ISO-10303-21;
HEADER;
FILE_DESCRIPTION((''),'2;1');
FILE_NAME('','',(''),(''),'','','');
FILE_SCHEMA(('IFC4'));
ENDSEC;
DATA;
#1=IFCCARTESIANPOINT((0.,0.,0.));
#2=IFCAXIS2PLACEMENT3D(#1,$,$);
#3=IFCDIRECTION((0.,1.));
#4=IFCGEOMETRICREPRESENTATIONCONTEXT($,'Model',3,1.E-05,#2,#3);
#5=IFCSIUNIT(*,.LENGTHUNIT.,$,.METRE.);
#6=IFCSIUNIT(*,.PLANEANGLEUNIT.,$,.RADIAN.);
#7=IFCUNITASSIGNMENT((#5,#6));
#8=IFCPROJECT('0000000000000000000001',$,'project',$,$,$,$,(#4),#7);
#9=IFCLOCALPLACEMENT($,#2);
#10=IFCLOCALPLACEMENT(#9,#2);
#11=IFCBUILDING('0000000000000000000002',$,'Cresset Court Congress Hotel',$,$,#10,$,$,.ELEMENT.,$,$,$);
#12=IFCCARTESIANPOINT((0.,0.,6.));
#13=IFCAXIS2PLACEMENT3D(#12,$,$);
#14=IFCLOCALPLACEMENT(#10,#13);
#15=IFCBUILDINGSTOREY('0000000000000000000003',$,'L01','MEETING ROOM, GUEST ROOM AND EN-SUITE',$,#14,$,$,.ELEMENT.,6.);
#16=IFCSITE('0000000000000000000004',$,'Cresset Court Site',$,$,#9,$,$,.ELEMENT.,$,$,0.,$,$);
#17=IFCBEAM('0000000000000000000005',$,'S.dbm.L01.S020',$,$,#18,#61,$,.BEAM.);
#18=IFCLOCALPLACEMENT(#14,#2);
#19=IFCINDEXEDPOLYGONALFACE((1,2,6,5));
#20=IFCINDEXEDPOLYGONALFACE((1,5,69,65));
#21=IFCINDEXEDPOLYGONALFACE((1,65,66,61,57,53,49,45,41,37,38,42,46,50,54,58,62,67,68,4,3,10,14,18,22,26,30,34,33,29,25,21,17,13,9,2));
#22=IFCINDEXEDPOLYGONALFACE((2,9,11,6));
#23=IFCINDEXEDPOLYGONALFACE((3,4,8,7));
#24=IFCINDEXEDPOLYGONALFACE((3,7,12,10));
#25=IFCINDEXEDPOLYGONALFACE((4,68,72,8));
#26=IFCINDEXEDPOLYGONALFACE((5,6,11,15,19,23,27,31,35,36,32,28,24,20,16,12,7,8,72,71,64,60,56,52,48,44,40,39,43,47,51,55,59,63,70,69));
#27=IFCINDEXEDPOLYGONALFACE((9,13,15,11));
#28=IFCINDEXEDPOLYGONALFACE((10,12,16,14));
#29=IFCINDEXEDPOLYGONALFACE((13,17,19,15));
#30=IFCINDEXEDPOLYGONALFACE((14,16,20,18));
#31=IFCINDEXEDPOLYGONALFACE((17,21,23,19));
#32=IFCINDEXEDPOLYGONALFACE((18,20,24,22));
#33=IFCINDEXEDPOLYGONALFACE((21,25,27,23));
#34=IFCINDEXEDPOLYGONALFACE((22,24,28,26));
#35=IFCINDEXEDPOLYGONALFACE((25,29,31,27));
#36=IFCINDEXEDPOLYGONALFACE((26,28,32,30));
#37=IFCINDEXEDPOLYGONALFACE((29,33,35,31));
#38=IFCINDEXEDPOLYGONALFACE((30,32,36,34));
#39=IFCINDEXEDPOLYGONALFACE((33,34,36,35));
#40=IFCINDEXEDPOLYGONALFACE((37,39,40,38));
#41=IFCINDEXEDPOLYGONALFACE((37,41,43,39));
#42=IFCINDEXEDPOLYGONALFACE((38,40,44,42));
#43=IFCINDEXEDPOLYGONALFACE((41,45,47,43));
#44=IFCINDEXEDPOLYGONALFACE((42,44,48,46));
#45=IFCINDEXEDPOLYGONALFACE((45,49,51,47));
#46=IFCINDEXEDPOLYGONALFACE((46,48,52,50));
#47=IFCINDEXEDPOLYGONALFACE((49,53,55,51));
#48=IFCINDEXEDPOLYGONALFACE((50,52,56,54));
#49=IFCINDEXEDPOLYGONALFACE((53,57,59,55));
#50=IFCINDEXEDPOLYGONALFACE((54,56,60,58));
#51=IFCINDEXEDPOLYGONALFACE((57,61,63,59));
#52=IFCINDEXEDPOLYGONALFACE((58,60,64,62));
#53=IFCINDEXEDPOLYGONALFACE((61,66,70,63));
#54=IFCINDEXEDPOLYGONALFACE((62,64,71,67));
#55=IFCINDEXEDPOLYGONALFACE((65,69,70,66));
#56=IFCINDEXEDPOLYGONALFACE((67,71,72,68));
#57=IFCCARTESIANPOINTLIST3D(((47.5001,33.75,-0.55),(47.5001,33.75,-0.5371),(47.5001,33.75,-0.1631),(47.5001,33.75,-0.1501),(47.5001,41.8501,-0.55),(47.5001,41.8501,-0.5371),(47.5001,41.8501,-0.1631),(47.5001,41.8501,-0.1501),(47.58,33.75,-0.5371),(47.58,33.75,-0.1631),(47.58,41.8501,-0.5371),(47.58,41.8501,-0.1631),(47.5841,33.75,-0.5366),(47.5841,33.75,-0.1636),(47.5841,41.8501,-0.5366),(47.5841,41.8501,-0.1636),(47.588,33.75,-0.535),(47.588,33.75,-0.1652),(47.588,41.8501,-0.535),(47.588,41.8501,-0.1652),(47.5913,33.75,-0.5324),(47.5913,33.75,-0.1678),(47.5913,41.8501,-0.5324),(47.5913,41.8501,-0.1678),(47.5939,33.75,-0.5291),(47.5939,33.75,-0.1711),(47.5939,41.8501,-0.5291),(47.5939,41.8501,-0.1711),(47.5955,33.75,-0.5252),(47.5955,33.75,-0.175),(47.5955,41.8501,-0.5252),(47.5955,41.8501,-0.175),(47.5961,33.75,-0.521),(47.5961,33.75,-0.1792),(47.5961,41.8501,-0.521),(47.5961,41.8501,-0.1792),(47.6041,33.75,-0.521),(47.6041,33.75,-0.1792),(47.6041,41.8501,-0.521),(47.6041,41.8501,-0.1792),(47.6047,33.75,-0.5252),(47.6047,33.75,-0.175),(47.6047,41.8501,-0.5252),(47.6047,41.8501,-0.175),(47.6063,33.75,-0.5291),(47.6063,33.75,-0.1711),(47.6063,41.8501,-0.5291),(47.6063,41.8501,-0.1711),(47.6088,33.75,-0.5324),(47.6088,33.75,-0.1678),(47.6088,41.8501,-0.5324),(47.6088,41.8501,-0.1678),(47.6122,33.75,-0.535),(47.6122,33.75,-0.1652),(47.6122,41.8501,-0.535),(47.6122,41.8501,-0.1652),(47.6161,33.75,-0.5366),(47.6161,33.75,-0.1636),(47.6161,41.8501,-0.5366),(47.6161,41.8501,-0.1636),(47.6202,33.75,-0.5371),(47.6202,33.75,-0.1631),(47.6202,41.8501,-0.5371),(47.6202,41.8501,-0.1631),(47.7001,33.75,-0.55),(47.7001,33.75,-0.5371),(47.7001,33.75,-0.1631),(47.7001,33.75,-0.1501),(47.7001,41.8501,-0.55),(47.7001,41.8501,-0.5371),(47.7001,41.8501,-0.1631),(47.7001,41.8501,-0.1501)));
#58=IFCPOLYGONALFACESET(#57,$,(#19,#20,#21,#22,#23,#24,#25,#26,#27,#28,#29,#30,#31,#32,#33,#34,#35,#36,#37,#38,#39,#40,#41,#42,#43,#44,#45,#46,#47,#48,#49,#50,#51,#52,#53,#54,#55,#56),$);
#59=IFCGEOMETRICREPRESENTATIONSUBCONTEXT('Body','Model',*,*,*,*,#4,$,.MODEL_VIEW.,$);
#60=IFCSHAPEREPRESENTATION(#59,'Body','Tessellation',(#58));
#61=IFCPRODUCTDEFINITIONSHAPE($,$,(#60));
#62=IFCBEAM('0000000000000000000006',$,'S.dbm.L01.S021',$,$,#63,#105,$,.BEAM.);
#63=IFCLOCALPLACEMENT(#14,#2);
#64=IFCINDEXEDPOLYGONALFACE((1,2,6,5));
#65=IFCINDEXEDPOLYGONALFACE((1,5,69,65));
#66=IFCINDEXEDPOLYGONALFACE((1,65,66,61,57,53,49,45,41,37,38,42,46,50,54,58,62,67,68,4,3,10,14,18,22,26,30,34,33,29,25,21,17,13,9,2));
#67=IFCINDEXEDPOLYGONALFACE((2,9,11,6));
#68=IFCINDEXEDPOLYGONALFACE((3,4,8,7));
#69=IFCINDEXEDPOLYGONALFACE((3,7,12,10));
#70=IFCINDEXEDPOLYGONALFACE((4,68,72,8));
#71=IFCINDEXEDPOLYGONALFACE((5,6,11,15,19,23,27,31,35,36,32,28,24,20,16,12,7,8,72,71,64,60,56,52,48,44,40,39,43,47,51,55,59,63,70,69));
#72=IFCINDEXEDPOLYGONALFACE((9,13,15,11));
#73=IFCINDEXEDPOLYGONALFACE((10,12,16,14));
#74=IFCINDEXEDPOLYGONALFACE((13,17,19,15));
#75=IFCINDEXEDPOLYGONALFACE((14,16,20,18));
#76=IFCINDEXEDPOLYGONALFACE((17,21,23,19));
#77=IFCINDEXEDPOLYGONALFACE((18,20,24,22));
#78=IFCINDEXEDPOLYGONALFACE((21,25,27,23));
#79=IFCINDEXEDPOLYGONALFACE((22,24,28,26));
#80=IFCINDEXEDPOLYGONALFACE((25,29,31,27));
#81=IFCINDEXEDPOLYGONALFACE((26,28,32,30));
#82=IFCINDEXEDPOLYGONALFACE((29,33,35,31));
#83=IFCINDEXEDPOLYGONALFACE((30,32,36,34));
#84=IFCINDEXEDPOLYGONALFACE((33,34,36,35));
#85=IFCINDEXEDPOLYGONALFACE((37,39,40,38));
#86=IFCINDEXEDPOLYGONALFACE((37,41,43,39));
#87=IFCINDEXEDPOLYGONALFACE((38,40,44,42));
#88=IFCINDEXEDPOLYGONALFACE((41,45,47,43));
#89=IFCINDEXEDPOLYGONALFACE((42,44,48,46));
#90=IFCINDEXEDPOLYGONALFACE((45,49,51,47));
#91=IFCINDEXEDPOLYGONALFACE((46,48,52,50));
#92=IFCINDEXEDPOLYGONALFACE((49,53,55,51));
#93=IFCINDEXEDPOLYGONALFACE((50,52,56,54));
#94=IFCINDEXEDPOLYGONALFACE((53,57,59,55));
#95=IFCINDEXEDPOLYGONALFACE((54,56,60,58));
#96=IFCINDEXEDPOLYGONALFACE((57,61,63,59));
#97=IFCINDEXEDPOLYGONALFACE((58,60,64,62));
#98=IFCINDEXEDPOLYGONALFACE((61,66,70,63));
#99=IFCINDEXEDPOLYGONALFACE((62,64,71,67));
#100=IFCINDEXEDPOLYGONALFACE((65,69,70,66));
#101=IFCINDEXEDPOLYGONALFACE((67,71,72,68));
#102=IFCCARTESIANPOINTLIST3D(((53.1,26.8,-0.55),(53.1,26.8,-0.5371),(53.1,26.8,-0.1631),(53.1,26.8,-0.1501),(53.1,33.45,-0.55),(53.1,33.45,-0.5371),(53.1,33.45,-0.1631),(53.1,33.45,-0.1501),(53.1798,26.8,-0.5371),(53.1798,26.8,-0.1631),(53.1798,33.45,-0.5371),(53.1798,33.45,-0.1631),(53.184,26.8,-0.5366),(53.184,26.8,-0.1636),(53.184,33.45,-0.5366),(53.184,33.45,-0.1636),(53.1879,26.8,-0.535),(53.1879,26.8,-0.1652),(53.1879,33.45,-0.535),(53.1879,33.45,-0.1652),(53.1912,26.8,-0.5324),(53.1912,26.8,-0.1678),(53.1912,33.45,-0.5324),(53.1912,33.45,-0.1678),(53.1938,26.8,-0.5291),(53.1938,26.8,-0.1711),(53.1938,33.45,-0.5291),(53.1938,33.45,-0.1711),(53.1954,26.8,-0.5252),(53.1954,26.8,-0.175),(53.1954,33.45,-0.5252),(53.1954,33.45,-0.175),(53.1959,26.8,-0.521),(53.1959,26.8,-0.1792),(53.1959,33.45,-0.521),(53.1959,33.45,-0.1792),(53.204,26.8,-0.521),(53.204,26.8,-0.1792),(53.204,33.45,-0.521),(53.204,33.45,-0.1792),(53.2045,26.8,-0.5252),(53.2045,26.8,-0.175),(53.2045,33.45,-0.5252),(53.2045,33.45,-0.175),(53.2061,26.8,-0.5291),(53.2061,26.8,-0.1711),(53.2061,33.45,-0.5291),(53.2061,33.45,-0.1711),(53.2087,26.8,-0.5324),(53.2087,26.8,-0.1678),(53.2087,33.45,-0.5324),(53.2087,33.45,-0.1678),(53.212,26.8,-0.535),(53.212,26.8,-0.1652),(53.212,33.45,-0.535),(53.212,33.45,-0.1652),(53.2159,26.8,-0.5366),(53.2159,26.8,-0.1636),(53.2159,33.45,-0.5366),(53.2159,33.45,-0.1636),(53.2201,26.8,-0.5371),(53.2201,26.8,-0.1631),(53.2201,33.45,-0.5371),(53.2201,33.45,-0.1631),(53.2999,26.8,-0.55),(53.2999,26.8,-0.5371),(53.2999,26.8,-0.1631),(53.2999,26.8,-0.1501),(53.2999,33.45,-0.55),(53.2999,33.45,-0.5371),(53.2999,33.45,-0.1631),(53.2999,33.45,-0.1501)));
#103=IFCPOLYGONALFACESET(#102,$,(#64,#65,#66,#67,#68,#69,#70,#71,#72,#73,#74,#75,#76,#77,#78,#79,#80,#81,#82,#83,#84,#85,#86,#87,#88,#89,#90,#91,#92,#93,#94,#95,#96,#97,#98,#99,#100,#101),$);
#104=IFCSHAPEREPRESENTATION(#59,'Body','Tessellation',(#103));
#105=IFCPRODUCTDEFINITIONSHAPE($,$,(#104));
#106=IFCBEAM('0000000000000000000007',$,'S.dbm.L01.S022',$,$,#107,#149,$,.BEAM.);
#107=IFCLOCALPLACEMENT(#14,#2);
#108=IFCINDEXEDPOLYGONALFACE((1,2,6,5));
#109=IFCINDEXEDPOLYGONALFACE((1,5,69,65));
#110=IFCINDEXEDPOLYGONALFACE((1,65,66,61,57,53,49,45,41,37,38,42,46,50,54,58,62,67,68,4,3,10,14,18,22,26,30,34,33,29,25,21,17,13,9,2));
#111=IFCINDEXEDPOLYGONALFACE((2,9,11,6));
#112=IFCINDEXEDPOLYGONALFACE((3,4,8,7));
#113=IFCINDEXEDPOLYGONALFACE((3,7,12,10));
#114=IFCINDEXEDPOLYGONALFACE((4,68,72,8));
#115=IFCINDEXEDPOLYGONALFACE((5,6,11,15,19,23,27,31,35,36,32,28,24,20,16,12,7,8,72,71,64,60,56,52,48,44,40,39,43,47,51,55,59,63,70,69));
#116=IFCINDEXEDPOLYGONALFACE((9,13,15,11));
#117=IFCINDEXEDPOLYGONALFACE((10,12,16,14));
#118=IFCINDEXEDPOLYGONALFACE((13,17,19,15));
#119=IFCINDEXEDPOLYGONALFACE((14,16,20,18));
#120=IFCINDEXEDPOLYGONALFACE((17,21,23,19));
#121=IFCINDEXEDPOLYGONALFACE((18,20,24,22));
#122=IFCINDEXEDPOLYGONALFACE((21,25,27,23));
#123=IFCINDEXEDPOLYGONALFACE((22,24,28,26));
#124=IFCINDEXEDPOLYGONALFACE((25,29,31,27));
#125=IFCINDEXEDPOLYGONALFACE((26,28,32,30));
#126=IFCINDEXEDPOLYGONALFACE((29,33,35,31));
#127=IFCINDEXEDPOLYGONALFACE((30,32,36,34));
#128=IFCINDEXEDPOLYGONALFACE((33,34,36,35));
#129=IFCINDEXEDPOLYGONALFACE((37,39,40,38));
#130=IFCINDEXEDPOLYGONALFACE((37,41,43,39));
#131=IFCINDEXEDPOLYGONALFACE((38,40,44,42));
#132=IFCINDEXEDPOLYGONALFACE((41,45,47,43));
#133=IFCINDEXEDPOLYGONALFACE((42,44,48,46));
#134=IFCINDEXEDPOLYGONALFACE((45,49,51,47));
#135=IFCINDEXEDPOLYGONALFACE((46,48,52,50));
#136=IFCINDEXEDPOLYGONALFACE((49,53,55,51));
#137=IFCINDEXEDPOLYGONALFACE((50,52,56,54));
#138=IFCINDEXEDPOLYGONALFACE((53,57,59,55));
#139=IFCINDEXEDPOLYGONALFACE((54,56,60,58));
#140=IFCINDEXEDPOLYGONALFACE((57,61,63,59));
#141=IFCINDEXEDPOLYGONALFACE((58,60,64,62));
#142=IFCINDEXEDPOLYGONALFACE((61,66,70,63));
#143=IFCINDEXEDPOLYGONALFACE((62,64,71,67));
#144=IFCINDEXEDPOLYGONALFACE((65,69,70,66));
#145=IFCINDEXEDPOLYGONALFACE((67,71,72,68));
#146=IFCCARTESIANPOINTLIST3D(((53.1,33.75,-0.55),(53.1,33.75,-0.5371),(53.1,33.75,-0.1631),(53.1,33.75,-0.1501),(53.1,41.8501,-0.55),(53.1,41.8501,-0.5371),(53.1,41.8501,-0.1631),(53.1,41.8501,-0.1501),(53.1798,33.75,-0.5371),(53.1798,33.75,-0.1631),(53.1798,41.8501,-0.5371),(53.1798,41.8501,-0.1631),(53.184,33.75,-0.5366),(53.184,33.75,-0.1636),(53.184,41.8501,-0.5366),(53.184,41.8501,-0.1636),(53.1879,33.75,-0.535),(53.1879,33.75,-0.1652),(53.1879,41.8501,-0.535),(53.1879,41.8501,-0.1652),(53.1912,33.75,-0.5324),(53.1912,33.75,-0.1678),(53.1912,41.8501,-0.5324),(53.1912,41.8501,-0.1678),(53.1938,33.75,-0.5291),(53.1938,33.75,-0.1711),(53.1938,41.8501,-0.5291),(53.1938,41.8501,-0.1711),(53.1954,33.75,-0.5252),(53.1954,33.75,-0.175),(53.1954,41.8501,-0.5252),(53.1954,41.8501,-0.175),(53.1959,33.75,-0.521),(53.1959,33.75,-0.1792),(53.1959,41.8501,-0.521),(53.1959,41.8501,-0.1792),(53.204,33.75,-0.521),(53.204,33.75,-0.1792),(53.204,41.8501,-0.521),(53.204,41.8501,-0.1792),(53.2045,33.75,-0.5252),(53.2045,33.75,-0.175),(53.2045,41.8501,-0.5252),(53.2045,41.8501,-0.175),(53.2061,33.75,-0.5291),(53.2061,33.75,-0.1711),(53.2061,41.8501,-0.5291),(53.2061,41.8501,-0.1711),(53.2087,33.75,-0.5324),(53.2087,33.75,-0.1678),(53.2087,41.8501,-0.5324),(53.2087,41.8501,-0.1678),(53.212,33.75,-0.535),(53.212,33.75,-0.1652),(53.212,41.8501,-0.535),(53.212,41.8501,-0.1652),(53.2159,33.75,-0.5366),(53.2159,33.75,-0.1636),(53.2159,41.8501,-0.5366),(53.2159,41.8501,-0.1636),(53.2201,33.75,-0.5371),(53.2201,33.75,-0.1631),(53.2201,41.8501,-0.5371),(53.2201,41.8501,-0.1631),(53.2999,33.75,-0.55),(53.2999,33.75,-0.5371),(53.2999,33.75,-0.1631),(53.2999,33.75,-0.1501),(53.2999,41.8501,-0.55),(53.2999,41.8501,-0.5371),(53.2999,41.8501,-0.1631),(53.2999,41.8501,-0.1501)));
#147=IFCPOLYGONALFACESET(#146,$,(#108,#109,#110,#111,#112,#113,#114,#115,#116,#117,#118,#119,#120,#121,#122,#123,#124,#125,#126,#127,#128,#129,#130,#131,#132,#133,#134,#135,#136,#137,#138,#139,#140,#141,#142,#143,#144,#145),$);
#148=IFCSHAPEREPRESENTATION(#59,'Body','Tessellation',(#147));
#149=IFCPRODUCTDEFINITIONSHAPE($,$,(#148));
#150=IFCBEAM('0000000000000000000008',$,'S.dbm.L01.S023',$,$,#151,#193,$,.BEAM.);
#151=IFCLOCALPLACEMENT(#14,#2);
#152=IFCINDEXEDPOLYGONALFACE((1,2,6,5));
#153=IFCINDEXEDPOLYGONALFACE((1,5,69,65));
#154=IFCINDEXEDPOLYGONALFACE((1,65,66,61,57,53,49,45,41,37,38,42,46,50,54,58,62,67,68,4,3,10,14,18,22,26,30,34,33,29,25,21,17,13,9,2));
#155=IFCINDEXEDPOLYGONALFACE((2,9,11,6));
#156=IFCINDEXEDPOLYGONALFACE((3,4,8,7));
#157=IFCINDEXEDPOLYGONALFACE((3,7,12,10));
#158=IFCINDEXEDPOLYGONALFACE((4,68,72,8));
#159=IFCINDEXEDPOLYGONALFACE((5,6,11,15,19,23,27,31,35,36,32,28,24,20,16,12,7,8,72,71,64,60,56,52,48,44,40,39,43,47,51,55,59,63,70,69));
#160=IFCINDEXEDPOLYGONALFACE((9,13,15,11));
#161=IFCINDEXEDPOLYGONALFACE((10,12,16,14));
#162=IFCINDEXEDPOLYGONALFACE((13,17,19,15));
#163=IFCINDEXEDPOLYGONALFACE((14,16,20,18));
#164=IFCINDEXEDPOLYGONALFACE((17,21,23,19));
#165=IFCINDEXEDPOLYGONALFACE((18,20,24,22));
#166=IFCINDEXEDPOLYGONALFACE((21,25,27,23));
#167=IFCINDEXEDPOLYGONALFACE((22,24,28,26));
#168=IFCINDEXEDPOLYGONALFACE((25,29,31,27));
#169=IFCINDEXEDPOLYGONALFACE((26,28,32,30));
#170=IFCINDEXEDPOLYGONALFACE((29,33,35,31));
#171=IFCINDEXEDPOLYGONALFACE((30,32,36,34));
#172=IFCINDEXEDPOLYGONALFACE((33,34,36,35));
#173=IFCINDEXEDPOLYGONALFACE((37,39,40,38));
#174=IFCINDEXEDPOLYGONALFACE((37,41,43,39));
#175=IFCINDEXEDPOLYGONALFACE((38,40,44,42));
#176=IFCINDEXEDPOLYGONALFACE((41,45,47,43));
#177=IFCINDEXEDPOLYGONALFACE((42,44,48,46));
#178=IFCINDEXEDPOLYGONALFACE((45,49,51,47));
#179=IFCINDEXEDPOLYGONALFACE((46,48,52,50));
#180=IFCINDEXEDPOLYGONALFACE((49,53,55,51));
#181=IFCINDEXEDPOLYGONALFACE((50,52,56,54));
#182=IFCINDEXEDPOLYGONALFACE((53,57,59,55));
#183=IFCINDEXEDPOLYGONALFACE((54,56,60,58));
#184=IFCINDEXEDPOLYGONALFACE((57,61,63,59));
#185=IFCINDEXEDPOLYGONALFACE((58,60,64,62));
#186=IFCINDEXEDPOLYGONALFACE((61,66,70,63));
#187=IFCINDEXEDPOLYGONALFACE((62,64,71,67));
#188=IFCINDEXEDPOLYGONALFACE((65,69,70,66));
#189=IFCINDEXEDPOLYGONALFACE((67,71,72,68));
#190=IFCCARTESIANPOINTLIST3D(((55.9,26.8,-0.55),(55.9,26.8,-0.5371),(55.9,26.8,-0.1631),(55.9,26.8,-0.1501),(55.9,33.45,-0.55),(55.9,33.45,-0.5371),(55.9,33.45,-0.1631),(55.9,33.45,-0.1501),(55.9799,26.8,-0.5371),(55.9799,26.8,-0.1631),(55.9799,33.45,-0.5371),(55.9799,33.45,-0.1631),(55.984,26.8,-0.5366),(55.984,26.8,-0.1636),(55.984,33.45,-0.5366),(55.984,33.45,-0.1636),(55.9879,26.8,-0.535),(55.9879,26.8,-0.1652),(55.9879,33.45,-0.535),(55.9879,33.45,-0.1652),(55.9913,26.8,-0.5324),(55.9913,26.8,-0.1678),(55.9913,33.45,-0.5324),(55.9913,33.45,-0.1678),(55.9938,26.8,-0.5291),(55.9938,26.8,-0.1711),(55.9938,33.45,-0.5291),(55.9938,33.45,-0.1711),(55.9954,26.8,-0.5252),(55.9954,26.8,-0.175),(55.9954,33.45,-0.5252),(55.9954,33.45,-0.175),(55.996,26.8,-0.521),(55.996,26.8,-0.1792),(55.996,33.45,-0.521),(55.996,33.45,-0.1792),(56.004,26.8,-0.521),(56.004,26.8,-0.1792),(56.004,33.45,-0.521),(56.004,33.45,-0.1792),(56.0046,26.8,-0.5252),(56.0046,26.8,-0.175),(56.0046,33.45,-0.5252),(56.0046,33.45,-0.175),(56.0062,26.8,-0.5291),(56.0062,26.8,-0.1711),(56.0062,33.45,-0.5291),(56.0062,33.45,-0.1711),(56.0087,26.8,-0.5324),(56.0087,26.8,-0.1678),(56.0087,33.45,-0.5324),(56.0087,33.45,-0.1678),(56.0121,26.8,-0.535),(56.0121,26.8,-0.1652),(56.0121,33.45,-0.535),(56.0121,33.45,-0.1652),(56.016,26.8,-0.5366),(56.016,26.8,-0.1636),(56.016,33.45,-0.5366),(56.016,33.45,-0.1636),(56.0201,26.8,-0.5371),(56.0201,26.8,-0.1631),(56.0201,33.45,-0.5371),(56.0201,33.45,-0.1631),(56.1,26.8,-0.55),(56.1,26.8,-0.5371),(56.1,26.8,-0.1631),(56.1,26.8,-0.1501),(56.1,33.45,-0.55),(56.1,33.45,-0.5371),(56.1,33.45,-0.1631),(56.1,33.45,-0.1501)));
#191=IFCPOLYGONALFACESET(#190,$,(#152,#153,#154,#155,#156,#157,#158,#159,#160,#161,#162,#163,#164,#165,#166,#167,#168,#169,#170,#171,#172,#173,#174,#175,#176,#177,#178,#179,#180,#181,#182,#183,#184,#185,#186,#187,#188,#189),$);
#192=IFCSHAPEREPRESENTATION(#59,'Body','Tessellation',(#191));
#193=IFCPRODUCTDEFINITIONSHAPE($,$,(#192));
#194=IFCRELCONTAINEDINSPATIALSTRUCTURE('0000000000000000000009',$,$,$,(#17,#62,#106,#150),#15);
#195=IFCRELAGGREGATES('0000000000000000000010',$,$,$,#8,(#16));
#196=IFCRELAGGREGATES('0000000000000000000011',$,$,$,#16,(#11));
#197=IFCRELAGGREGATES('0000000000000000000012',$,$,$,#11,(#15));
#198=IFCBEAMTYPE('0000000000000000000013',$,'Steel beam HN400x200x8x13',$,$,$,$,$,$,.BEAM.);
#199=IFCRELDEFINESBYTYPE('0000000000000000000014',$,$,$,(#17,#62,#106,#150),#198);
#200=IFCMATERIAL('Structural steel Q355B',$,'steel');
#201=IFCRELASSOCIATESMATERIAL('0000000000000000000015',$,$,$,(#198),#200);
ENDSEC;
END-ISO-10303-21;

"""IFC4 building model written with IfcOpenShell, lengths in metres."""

from ifc_helpers import new_model, si_unit, direction, frame, origin, origin_2d, place, context, subcontext, project, spatial, i_section, extrude, material, material_profile, profile_set, type_object, element, save


model = new_model("IFC4")

# Units and contexts
model_context = context("Model", 3, precision=1e-05, world=origin(), true_north=direction((0.0, 1.0)))
body_context = subcontext(model_context, "Body", "Model", "MODEL_VIEW")
ifc_project = project(units=[si_unit("LENGTHUNIT", "METRE"), si_unit("PLANEANGLEUNIT", "RADIAN")], contexts=[model_context])

# Site, building, storey
site_placement = place(None, origin())
site = spatial("IfcSite", under=ifc_project, at=site_placement, Name="Cresset Court Site", CompositionType="ELEMENT", RefElevation=0.0)
building_placement = place(site_placement, origin())
building = spatial("IfcBuilding", under=site, at=building_placement, Name="Cresset Court Congress Hotel", CompositionType="ELEMENT")
storey_placement = place(building_placement, frame((0.0, 0.0, 6.0)))
storey = spatial("IfcBuildingStorey", under=building, at=storey_placement, Name="L01", Description="MEETING ROOM, GUEST ROOM AND EN-SUITE", CompositionType="ELEMENT", Elevation=6.0)

# Beams
ifc_material_1 = material(Name="Structural steel Q355B", Category="steel")
ifc_material_profile_1 = material_profile(ifc_material_1, i_section(OverallWidth=0.2, OverallDepth=0.3999, WebThickness=0.0081, FlangeThickness=0.0129, FilletRadius=0.0161, at=origin_2d()), Name="HN400x200x8x13")
ifc_profile_set_1 = profile_set([ifc_material_profile_1], Name="Structural steel Q355B")
beam_type_1 = type_object("IfcBeamType", Name="Steel beam HN400x200x8x13", PredefinedType="BEAM", material=ifc_profile_set_1)
beam_1_placement = place(storey_placement, frame((47.6001, 33.75, -0.3501), z_axis=(0.0, 1.0, 0.0), x_axis=(-1.0, 0.0, 0.0)))
element("IfcBeam", 1, at=beam_1_placement, inside=storey, type_object=beam_type_1, Name="S.dbm.L01.S020", PredefinedType="BEAM", context=body_context, shape_type="SweptSolid", body=[
    extrude(i_section(OverallWidth=0.2, OverallDepth=0.3999, WebThickness=0.0081, FlangeThickness=0.0129, FilletRadius=0.0161, at=origin_2d()), origin(), (0.0, 0.0, 1.0), 8.1001),
])
beam_2_placement = place(storey_placement, frame((53.2, 26.8, -0.3501), z_axis=(0.0, 1.0, 0.0), x_axis=(-1.0, 0.0, 0.0)))
element("IfcBeam", 2, at=beam_2_placement, inside=storey, type_object=beam_type_1, Name="S.dbm.L01.S021", PredefinedType="BEAM", context=body_context, shape_type="SweptSolid", body=[
    extrude(i_section(OverallWidth=0.2, OverallDepth=0.3999, WebThickness=0.0081, FlangeThickness=0.0129, FilletRadius=0.0161, at=origin_2d()), origin(), (0.0, 0.0, 1.0), 6.6499),
])
beam_3_placement = place(storey_placement, frame((53.2, 33.75, -0.3501), z_axis=(0.0, 1.0, 0.0), x_axis=(-1.0, 0.0, 0.0)))
element("IfcBeam", 3, at=beam_3_placement, inside=storey, type_object=beam_type_1, Name="S.dbm.L01.S022", PredefinedType="BEAM", context=body_context, shape_type="SweptSolid", body=[
    extrude(i_section(OverallWidth=0.2, OverallDepth=0.3999, WebThickness=0.0081, FlangeThickness=0.0129, FilletRadius=0.0161, at=origin_2d()), origin(), (0.0, 0.0, 1.0), 8.1001),
])
beam_4_placement = place(storey_placement, frame((56.0, 26.8, -0.3501), z_axis=(0.0, 1.0, 0.0), x_axis=(-1.0, 0.0, 0.0)))
element("IfcBeam", 4, at=beam_4_placement, inside=storey, type_object=beam_type_1, Name="S.dbm.L01.S023", PredefinedType="BEAM", context=body_context, shape_type="SweptSolid", body=[
    extrude(i_section(OverallWidth=0.2, OverallDepth=0.3999, WebThickness=0.0081, FlangeThickness=0.0129, FilletRadius=0.0161, at=origin_2d()), origin(), (0.0, 0.0, 1.0), 6.6499),
])

save(model, "model.ifc")
